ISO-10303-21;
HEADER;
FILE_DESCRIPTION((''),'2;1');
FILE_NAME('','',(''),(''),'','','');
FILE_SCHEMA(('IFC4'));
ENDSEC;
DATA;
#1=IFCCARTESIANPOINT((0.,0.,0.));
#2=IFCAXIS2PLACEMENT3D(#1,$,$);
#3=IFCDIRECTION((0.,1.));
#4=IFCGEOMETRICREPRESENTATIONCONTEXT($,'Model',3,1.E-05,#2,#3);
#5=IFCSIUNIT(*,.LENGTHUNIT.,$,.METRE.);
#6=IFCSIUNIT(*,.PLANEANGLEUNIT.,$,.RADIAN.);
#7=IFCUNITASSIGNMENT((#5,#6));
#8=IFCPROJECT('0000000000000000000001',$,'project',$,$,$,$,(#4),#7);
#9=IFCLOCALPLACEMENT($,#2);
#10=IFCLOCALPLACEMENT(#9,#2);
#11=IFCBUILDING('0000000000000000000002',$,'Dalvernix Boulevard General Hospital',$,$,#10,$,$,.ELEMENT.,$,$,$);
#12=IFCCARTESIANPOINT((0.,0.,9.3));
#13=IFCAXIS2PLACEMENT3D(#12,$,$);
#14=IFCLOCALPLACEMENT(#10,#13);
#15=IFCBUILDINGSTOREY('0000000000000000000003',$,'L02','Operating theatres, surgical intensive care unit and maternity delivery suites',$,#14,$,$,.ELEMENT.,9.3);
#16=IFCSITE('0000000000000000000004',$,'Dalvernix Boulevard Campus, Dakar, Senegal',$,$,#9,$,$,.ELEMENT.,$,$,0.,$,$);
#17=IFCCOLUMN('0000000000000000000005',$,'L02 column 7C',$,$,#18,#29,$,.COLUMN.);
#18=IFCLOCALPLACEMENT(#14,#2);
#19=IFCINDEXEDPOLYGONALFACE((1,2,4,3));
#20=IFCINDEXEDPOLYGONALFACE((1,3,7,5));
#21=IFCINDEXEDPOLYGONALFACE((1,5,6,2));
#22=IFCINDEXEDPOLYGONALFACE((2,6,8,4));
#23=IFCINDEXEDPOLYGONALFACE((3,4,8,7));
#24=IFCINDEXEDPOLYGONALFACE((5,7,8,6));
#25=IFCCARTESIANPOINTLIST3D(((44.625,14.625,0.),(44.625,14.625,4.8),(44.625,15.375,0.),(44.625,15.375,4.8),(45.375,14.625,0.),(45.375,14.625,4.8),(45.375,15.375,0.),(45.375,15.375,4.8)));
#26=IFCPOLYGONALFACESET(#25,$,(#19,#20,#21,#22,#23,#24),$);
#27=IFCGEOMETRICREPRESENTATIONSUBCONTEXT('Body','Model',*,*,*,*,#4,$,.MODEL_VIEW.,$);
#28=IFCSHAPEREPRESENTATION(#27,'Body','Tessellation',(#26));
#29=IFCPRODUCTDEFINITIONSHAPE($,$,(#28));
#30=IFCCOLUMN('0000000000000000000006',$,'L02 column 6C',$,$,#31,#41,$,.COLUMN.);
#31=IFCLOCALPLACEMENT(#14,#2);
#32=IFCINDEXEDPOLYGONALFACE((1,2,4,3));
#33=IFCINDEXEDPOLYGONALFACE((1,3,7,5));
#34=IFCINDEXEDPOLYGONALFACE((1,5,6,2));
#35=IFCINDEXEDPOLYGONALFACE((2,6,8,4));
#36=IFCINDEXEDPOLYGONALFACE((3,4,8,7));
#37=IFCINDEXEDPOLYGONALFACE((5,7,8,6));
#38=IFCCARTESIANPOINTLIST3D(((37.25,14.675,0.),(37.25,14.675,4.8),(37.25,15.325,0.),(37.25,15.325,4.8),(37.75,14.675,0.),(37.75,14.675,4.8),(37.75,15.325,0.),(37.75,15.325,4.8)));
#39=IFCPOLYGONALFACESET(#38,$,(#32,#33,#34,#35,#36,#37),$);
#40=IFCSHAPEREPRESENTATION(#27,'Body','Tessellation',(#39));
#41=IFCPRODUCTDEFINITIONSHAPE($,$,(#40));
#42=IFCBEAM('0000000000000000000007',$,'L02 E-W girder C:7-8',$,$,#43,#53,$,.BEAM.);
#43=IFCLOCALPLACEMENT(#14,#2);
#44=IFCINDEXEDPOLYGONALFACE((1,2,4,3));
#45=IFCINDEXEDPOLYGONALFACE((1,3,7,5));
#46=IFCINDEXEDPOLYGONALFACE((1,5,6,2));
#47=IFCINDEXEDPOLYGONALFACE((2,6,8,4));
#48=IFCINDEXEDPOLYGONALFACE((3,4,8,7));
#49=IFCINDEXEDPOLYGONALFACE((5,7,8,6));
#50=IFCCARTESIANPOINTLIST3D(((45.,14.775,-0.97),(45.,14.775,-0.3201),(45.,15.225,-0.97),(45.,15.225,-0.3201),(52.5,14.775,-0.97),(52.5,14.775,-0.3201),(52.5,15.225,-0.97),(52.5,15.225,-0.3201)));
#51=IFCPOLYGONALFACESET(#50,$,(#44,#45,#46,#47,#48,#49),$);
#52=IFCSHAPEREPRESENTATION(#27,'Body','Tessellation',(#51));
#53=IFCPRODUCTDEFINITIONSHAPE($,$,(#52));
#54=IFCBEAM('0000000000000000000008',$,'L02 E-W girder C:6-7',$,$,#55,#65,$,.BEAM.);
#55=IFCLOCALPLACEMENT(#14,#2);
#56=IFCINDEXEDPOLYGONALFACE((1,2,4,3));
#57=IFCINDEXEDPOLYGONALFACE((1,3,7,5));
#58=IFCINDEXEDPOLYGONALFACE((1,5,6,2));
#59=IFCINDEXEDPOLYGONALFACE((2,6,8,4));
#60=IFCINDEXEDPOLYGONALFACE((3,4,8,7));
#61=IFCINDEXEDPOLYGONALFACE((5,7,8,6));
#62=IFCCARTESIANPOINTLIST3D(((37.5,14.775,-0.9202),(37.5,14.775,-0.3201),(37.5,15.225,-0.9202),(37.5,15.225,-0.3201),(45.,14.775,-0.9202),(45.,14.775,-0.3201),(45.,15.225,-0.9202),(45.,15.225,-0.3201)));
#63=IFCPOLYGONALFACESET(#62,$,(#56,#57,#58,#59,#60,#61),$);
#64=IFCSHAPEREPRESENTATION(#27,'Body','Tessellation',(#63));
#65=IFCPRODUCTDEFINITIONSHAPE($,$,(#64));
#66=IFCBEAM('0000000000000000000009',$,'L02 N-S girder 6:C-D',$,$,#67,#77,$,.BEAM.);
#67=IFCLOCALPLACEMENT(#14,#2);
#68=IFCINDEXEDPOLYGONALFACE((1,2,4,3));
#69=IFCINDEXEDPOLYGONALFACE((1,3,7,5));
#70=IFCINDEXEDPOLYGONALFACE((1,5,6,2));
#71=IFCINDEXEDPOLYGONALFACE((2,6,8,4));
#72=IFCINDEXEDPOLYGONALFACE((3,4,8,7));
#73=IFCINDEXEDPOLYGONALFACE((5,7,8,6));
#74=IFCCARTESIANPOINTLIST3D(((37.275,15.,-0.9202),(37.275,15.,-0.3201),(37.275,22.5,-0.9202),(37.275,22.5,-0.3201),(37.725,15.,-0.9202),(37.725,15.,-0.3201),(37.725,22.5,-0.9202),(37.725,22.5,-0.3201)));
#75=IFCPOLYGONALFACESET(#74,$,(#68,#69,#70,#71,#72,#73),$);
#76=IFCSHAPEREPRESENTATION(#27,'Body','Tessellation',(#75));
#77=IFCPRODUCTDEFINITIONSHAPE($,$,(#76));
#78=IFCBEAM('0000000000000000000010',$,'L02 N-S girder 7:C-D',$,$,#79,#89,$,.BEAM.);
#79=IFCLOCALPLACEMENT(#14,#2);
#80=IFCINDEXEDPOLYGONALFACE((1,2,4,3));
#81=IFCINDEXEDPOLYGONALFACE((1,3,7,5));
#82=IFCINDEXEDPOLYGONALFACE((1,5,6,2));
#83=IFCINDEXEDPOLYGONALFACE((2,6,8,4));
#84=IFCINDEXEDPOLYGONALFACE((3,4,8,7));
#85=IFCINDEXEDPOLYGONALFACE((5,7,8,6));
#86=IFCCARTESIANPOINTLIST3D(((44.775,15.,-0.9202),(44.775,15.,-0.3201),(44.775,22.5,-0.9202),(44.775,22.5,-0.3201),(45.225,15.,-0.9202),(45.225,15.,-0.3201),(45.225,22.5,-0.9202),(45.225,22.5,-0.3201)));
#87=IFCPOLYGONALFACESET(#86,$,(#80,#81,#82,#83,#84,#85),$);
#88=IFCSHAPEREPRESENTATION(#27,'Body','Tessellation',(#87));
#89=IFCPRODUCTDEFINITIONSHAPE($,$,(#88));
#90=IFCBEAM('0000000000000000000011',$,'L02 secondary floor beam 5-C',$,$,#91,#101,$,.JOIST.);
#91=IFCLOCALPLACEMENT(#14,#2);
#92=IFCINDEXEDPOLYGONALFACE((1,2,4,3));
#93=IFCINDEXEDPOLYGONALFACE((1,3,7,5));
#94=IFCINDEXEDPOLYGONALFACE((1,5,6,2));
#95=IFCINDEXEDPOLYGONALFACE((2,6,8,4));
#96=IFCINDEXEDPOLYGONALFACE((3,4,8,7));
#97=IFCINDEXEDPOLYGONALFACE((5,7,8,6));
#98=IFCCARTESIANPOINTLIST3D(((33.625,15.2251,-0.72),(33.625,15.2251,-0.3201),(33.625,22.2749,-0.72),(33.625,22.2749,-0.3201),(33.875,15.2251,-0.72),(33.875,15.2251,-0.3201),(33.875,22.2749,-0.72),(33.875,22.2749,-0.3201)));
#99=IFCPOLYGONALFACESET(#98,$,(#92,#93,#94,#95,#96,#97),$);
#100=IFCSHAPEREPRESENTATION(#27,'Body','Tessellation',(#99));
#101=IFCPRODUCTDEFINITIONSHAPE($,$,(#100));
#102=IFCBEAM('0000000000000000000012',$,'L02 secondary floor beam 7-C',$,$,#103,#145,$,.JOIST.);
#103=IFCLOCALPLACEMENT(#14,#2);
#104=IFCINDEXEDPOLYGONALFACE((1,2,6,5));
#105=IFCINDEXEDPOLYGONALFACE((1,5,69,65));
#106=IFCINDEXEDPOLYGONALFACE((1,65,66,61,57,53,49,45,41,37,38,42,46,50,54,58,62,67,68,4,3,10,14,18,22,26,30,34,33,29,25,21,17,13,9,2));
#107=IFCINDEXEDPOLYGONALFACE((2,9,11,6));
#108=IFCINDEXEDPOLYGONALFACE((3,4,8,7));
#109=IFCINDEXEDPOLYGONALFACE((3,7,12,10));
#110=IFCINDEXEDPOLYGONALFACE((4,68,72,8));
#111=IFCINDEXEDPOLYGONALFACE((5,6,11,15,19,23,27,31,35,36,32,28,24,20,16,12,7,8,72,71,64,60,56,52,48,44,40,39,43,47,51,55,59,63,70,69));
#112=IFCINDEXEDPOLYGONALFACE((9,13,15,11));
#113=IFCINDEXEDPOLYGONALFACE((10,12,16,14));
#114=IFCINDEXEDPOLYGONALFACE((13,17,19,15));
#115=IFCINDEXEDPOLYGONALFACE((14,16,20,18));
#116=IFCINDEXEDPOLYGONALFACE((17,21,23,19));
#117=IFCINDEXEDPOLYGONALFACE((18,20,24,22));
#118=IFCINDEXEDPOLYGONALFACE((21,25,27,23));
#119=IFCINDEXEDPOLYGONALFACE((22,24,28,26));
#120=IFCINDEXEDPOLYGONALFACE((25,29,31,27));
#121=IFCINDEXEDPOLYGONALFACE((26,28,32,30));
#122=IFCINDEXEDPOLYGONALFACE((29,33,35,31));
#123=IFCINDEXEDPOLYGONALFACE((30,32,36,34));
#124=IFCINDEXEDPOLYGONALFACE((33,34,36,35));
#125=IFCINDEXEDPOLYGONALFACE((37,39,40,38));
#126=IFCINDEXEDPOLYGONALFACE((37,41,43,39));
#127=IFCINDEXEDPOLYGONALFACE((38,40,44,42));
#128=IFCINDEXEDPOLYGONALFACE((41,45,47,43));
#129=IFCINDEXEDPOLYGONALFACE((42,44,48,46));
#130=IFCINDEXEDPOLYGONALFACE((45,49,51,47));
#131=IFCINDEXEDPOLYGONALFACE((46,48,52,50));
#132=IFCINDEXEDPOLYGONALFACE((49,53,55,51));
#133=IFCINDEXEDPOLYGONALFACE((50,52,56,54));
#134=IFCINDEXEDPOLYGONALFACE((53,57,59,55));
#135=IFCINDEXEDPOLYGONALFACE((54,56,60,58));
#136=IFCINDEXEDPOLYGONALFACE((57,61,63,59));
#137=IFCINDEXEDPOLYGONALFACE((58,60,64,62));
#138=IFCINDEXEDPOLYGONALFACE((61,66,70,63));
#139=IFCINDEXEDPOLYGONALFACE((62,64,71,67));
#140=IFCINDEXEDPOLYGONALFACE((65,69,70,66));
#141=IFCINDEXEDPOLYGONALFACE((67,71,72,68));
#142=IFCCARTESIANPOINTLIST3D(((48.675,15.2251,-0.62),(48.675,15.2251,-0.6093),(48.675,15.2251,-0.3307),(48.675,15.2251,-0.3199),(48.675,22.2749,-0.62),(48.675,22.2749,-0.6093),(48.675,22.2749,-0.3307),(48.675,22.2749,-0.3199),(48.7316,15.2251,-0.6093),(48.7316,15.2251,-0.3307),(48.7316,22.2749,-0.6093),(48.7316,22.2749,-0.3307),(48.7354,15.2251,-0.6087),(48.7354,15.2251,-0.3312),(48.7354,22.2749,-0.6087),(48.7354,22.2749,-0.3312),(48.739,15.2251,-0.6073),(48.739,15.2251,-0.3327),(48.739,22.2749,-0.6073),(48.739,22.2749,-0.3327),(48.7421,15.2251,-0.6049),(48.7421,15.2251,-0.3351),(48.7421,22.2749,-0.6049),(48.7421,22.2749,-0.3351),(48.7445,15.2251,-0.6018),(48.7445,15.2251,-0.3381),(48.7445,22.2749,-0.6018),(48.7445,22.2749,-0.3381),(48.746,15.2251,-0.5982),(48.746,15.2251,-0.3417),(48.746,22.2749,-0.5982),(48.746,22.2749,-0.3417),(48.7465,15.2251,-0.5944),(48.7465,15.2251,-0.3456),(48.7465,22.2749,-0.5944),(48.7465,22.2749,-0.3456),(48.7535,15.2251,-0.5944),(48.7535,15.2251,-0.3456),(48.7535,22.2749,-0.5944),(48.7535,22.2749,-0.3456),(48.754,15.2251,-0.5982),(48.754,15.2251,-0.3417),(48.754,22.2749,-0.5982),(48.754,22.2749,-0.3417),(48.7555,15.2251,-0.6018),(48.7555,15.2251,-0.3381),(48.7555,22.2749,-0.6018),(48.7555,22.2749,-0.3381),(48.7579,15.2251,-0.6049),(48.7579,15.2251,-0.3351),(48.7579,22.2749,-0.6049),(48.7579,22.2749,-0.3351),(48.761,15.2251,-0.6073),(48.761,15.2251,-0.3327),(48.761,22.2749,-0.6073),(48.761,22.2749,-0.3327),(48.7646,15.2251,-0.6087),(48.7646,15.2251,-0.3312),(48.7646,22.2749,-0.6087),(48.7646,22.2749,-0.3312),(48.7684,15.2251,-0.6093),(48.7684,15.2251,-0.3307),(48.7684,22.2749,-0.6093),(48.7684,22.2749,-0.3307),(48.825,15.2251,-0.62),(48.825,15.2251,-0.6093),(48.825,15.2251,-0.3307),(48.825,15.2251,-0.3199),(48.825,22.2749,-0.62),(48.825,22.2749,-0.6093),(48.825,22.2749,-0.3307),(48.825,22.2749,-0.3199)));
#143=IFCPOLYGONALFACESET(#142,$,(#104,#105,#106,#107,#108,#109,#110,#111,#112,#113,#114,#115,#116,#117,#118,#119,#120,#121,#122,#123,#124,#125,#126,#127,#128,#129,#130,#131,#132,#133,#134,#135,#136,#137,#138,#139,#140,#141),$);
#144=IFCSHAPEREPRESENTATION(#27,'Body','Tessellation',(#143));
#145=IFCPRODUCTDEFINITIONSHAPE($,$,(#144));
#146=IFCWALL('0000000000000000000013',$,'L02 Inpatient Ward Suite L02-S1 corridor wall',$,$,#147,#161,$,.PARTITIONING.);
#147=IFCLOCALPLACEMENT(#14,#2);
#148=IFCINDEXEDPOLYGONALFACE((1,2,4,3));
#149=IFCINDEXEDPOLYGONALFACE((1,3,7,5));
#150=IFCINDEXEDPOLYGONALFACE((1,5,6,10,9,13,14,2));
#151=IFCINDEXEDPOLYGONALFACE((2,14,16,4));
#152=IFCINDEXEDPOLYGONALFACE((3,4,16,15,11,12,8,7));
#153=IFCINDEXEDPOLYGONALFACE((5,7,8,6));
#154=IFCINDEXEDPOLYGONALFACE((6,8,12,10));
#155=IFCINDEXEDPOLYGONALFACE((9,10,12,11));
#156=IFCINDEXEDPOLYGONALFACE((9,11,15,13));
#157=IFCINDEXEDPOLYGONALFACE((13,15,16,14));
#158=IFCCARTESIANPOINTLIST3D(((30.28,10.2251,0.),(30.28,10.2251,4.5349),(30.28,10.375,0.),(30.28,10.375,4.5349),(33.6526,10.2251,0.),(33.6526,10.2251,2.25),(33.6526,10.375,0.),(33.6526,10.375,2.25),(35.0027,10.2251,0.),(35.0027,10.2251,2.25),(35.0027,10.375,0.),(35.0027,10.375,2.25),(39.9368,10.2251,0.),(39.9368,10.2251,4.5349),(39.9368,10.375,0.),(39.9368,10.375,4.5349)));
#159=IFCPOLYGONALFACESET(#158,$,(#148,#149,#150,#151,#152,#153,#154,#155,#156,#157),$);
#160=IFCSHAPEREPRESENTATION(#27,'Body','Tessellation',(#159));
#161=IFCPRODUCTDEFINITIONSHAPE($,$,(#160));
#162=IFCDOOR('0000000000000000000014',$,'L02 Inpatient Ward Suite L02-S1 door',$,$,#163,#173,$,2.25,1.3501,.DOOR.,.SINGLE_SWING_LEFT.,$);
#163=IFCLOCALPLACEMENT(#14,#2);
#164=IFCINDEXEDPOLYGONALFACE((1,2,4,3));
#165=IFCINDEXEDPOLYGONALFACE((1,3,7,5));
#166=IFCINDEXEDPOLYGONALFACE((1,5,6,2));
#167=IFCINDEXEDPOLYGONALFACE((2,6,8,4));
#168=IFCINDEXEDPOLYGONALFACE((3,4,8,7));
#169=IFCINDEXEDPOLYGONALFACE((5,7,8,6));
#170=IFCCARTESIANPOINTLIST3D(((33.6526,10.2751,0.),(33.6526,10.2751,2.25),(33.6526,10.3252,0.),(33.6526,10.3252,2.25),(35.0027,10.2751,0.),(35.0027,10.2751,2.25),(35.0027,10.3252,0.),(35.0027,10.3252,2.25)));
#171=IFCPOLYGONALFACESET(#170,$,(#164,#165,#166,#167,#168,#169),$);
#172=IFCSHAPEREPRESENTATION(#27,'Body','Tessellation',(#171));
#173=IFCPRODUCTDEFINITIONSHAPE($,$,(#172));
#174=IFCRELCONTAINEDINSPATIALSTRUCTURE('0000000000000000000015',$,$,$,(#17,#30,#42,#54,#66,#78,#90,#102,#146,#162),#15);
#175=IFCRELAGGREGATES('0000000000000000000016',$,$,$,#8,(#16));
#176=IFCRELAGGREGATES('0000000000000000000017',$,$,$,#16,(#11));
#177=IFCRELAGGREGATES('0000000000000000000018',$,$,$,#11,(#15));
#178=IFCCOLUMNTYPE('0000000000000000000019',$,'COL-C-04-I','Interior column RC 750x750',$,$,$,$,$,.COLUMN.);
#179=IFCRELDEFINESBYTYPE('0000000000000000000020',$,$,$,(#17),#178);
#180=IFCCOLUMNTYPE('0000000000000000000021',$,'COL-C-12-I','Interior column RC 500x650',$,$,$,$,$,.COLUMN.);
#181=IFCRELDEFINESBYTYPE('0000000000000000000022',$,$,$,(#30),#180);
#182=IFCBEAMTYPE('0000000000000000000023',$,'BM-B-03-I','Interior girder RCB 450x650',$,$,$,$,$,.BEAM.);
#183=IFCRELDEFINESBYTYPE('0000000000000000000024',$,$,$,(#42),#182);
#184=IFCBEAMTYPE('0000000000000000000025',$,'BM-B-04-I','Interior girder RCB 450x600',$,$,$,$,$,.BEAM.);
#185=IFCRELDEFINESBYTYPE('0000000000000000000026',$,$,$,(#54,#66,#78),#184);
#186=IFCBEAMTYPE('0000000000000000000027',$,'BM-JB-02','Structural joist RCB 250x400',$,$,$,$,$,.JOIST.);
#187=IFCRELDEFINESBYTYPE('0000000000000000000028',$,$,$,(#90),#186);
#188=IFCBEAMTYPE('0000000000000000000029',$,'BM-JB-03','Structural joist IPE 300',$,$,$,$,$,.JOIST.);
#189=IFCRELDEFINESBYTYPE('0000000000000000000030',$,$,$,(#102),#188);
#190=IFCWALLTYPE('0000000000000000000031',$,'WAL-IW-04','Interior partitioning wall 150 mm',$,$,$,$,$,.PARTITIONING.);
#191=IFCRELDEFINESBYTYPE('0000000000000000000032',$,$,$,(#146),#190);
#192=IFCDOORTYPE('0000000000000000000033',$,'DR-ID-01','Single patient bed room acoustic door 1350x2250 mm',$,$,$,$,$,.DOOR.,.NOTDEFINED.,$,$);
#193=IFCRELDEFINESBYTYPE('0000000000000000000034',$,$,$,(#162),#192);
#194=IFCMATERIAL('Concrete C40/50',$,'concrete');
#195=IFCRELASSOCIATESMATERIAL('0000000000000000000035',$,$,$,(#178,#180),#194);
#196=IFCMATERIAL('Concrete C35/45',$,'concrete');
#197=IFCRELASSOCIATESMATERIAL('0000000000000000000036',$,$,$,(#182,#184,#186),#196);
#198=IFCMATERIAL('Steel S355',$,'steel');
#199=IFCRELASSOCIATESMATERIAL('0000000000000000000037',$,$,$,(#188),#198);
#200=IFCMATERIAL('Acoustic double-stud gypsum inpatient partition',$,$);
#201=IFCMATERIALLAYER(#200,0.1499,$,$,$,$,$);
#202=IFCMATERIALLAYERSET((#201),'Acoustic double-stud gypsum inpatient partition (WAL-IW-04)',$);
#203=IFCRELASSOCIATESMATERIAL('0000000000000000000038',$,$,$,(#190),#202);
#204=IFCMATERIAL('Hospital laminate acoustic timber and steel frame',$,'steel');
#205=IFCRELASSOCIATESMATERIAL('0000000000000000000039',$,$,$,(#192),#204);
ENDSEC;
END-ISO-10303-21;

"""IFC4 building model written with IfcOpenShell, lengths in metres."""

from ifc_helpers import new_model, si_unit, direction, frame, frame_2d, origin, origin_2d, place, context, subcontext, project, spatial, rectangle, i_section, extrude, material, layer, layer_set, material_profile, profile_set, type_object, element, fill, save


model = new_model("IFC4")

# Units and contexts
model_context = context("Model", 3, precision=1e-05, world=origin(), true_north=direction((0.0, 1.0)))
body_context = subcontext(model_context, "Body", "Model", "MODEL_VIEW")
ifc_project = project(units=[si_unit("LENGTHUNIT", "METRE"), si_unit("PLANEANGLEUNIT", "RADIAN")], contexts=[model_context])

# Site, building, storey
site_placement = place(None, origin())
site = spatial("IfcSite", under=ifc_project, at=site_placement, Name="Dalvernix Boulevard Campus, Dakar, Senegal", CompositionType="ELEMENT", RefElevation=0.0)
building_placement = place(site_placement, origin())
building = spatial("IfcBuilding", under=site, at=building_placement, Name="Dalvernix Boulevard General Hospital", CompositionType="ELEMENT")
storey_placement = place(building_placement, frame((0.0, 0.0, 9.3)))
storey = spatial("IfcBuildingStorey", under=building, at=storey_placement, Name="L02", Description="Operating theatres, surgical intensive care unit and maternity delivery suites", CompositionType="ELEMENT", Elevation=9.3)

# Columns
ifc_material_1 = material(Name="Concrete C40/50", Category="concrete")
ifc_material_profile_1 = material_profile(ifc_material_1, rectangle(XDim=0.75, YDim=0.75, at=origin_2d()), Name="RC 750x750")
ifc_profile_set_1 = profile_set([ifc_material_profile_1], Name="Concrete C40/50")
column_type_1 = type_object("IfcColumnType", Name="COL-C-04-I", Description="Interior column RC 750x750", PredefinedType="COLUMN", material=ifc_profile_set_1)
column_1_placement = place(storey_placement, frame((45.0, 15.0, 0.0), z_axis=(0.0, 0.0, 1.0), x_axis=(1.0, 0.0, 0.0)))
element("IfcColumn", 1, at=column_1_placement, inside=storey, type_object=column_type_1, Name="L02 column 7C", PredefinedType="COLUMN", context=body_context, shape_type="SweptSolid", body=[
    extrude(rectangle(XDim=0.75, YDim=0.75, at=origin_2d()), origin(), (0.0, 0.0, 1.0), 4.8),
])
ifc_material_profile_2 = material_profile(ifc_material_1, rectangle(XDim=0.5, YDim=0.6499, at=origin_2d()), Name="RC 500x650")
ifc_profile_set_2 = profile_set([ifc_material_profile_2], Name="Concrete C40/50")
column_type_2 = type_object("IfcColumnType", Name="COL-C-12-I", Description="Interior column RC 500x650", PredefinedType="COLUMN", material=ifc_profile_set_2)
column_2_placement = place(storey_placement, frame((37.5, 15.0, 0.0), z_axis=(0.0, 0.0, 1.0), x_axis=(1.0, 0.0, 0.0)))
element("IfcColumn", 2, at=column_2_placement, inside=storey, type_object=column_type_2, Name="L02 column 6C", PredefinedType="COLUMN", context=body_context, shape_type="SweptSolid", body=[
    extrude(rectangle(XDim=0.5, YDim=0.6499, at=origin_2d()), origin(), (0.0, 0.0, 1.0), 4.8),
])

# Beams
ifc_material_2 = material(Name="Concrete C35/45", Category="concrete")
ifc_material_profile_3 = material_profile(ifc_material_2, rectangle(XDim=0.45, YDim=0.6499, at=origin_2d()), Name="RCB 450x650")
ifc_profile_set_3 = profile_set([ifc_material_profile_3], Name="Concrete C35/45")
beam_type_1 = type_object("IfcBeamType", Name="BM-B-03-I", Description="Interior girder RCB 450x650", PredefinedType="BEAM", material=ifc_profile_set_3)
beam_1_placement = place(storey_placement, frame((45.0, 15.0, -0.645), z_axis=(1.0, 0.0, 0.0), x_axis=(0.0, 1.0, 0.0)))
element("IfcBeam", 3, at=beam_1_placement, inside=storey, type_object=beam_type_1, Name="L02 E-W girder C:7-8", PredefinedType="BEAM", context=body_context, shape_type="SweptSolid", body=[
    extrude(rectangle(XDim=0.45, YDim=0.6499, at=origin_2d()), origin(), (0.0, 0.0, 1.0), 7.5),
])
ifc_material_profile_4 = material_profile(ifc_material_2, rectangle(XDim=0.45, YDim=0.6001, at=origin_2d()), Name="RCB 450x600")
ifc_profile_set_4 = profile_set([ifc_material_profile_4], Name="Concrete C35/45")
beam_type_2 = type_object("IfcBeamType", Name="BM-B-04-I", Description="Interior girder RCB 450x600", PredefinedType="BEAM", material=ifc_profile_set_4)
for number, where, z_axis, x_axis, name in (
    (4, (37.5, 15.0, -0.6201), (1.0, 0.0, 0.0), (0.0, 1.0, 0.0), "L02 E-W girder C:6-7"),
    (5, (37.5, 15.0, -0.6201), (0.0, 1.0, 0.0), (-1.0, 0.0, 0.0), "L02 N-S girder 6:C-D"),
    (6, (45.0, 15.0, -0.6201), (0.0, 1.0, 0.0), (-1.0, 0.0, 0.0), "L02 N-S girder 7:C-D"),
):
    element("IfcBeam", number, at=place(storey_placement, frame(where, z_axis=z_axis, x_axis=x_axis)), inside=storey, type_object=beam_type_2, Name=name, PredefinedType="BEAM", context=body_context, shape_type="SweptSolid", body=[
        extrude(rectangle(XDim=0.45, YDim=0.6001, at=origin_2d()), origin(), (0.0, 0.0, 1.0), 7.5),
    ])
ifc_material_profile_5 = material_profile(ifc_material_2, rectangle(XDim=0.25, YDim=0.3999, at=origin_2d()), Name="RCB 250x400")
ifc_profile_set_5 = profile_set([ifc_material_profile_5], Name="Concrete C35/45")
beam_type_3 = type_object("IfcBeamType", Name="BM-JB-02", Description="Structural joist RCB 250x400", PredefinedType="JOIST", material=ifc_profile_set_5)
beam_2_placement = place(storey_placement, frame((33.75, 15.2251, -0.52), z_axis=(0.0, 1.0, 0.0), x_axis=(-1.0, 0.0, 0.0)))
element("IfcBeam", 7, at=beam_2_placement, inside=storey, type_object=beam_type_3, Name="L02 secondary floor beam 5-C", PredefinedType="JOIST", context=body_context, shape_type="SweptSolid", body=[
    extrude(rectangle(XDim=0.25, YDim=0.3999, at=origin_2d()), origin(), (0.0, 0.0, 1.0), 7.0498),
])
ifc_material_3 = material(Name="Steel S355", Category="steel")
ifc_material_profile_6 = material_profile(ifc_material_3, i_section(OverallWidth=0.1499, OverallDepth=0.3, WebThickness=0.0071, FlangeThickness=0.0107, FilletRadius=0.0149, at=origin_2d()), Name="IPE 300")
ifc_profile_set_6 = profile_set([ifc_material_profile_6], Name="Steel S355")
beam_type_4 = type_object("IfcBeamType", Name="BM-JB-03", Description="Structural joist IPE 300", PredefinedType="JOIST", material=ifc_profile_set_6)
beam_3_placement = place(storey_placement, frame((48.75, 15.2251, -0.47), z_axis=(0.0, 1.0, 0.0), x_axis=(-1.0, 0.0, 0.0)))
element("IfcBeam", 8, at=beam_3_placement, inside=storey, type_object=beam_type_4, Name="L02 secondary floor beam 7-C", PredefinedType="JOIST", context=body_context, shape_type="SweptSolid", body=[
    extrude(i_section(OverallWidth=0.1499, OverallDepth=0.3, WebThickness=0.0071, FlangeThickness=0.0107, FilletRadius=0.0149, at=origin_2d()), origin(), (0.0, 0.0, 1.0), 7.0498),
])

# Wall, opening, door
ifc_material_4 = material(Name="Acoustic double-stud gypsum inpatient partition")
ifc_layer_1 = layer(ifc_material_4, 0.1499)
ifc_layer_set_1 = layer_set([ifc_layer_1], Name="Acoustic double-stud gypsum inpatient partition (WAL-IW-04)")
wall_type_1 = type_object("IfcWallType", Name="WAL-IW-04", Description="Interior partitioning wall 150 mm", PredefinedType="PARTITIONING", material=ifc_layer_set_1)
wall_1_placement = place(storey_placement, frame((39.9368, 10.3, 0.0), z_axis=(0.0, 0.0, 1.0), x_axis=(-1.0, 0.0, 0.0)))
wall_1 = element("IfcWall", 9, at=wall_1_placement, inside=storey, type_object=wall_type_1, Name="L02 Inpatient Ward Suite L02-S1 corridor wall", PredefinedType="PARTITIONING", context=body_context, shape_type="SweptSolid", body=[
    extrude(rectangle(XDim=9.6567, YDim=0.1499, at=frame_2d((4.8284, 0.0))), origin(), (0.0, 0.0, 1.0), 4.5349),
])
opening_1_placement = place(wall_1_placement, frame((4.9341, 0.0, 0.0)))
opening_1 = element("IfcOpeningElement", 10, at=opening_1_placement, cuts=wall_1, PredefinedType="OPENING", context=body_context, shape_type="SweptSolid", body=[
    extrude(rectangle(XDim=1.3501, YDim=2.25, at=frame_2d((0.675, 1.125))), frame((0.0, 0.085, 0.0), z_axis=(0.0, -1.0, 0.0), x_axis=(1.0, 0.0, 0.0)), (0.0, 0.0, 1.0), 0.1699),
])
ifc_material_5 = material(Name="Hospital laminate acoustic timber and steel frame", Category="steel")
door_type_1 = type_object("IfcDoorType", Name="DR-ID-01", Description="Single patient bed room acoustic door 1350x2250 mm", OperationType="NOTDEFINED", PredefinedType="DOOR", material=ifc_material_5)
door_1_placement = place(opening_1_placement, origin())
door_1 = element("IfcDoor", 11, at=door_1_placement, inside=storey, type_object=door_type_1, Name="L02 Inpatient Ward Suite L02-S1 door", OperationType="SINGLE_SWING_LEFT", OverallHeight=2.25, OverallWidth=1.3501, PredefinedType="DOOR", context=body_context, shape_type="SweptSolid", body=[
    extrude(rectangle(XDim=1.3501, YDim=2.25, at=frame_2d((0.675, 1.125))), frame((0.0, 0.0249, 0.0), z_axis=(0.0, -1.0, 0.0), x_axis=(1.0, 0.0, 0.0)), (0.0, 0.0, 1.0), 0.05),
])
fill(opening_1, door_1)

save(model, "model.ifc")
